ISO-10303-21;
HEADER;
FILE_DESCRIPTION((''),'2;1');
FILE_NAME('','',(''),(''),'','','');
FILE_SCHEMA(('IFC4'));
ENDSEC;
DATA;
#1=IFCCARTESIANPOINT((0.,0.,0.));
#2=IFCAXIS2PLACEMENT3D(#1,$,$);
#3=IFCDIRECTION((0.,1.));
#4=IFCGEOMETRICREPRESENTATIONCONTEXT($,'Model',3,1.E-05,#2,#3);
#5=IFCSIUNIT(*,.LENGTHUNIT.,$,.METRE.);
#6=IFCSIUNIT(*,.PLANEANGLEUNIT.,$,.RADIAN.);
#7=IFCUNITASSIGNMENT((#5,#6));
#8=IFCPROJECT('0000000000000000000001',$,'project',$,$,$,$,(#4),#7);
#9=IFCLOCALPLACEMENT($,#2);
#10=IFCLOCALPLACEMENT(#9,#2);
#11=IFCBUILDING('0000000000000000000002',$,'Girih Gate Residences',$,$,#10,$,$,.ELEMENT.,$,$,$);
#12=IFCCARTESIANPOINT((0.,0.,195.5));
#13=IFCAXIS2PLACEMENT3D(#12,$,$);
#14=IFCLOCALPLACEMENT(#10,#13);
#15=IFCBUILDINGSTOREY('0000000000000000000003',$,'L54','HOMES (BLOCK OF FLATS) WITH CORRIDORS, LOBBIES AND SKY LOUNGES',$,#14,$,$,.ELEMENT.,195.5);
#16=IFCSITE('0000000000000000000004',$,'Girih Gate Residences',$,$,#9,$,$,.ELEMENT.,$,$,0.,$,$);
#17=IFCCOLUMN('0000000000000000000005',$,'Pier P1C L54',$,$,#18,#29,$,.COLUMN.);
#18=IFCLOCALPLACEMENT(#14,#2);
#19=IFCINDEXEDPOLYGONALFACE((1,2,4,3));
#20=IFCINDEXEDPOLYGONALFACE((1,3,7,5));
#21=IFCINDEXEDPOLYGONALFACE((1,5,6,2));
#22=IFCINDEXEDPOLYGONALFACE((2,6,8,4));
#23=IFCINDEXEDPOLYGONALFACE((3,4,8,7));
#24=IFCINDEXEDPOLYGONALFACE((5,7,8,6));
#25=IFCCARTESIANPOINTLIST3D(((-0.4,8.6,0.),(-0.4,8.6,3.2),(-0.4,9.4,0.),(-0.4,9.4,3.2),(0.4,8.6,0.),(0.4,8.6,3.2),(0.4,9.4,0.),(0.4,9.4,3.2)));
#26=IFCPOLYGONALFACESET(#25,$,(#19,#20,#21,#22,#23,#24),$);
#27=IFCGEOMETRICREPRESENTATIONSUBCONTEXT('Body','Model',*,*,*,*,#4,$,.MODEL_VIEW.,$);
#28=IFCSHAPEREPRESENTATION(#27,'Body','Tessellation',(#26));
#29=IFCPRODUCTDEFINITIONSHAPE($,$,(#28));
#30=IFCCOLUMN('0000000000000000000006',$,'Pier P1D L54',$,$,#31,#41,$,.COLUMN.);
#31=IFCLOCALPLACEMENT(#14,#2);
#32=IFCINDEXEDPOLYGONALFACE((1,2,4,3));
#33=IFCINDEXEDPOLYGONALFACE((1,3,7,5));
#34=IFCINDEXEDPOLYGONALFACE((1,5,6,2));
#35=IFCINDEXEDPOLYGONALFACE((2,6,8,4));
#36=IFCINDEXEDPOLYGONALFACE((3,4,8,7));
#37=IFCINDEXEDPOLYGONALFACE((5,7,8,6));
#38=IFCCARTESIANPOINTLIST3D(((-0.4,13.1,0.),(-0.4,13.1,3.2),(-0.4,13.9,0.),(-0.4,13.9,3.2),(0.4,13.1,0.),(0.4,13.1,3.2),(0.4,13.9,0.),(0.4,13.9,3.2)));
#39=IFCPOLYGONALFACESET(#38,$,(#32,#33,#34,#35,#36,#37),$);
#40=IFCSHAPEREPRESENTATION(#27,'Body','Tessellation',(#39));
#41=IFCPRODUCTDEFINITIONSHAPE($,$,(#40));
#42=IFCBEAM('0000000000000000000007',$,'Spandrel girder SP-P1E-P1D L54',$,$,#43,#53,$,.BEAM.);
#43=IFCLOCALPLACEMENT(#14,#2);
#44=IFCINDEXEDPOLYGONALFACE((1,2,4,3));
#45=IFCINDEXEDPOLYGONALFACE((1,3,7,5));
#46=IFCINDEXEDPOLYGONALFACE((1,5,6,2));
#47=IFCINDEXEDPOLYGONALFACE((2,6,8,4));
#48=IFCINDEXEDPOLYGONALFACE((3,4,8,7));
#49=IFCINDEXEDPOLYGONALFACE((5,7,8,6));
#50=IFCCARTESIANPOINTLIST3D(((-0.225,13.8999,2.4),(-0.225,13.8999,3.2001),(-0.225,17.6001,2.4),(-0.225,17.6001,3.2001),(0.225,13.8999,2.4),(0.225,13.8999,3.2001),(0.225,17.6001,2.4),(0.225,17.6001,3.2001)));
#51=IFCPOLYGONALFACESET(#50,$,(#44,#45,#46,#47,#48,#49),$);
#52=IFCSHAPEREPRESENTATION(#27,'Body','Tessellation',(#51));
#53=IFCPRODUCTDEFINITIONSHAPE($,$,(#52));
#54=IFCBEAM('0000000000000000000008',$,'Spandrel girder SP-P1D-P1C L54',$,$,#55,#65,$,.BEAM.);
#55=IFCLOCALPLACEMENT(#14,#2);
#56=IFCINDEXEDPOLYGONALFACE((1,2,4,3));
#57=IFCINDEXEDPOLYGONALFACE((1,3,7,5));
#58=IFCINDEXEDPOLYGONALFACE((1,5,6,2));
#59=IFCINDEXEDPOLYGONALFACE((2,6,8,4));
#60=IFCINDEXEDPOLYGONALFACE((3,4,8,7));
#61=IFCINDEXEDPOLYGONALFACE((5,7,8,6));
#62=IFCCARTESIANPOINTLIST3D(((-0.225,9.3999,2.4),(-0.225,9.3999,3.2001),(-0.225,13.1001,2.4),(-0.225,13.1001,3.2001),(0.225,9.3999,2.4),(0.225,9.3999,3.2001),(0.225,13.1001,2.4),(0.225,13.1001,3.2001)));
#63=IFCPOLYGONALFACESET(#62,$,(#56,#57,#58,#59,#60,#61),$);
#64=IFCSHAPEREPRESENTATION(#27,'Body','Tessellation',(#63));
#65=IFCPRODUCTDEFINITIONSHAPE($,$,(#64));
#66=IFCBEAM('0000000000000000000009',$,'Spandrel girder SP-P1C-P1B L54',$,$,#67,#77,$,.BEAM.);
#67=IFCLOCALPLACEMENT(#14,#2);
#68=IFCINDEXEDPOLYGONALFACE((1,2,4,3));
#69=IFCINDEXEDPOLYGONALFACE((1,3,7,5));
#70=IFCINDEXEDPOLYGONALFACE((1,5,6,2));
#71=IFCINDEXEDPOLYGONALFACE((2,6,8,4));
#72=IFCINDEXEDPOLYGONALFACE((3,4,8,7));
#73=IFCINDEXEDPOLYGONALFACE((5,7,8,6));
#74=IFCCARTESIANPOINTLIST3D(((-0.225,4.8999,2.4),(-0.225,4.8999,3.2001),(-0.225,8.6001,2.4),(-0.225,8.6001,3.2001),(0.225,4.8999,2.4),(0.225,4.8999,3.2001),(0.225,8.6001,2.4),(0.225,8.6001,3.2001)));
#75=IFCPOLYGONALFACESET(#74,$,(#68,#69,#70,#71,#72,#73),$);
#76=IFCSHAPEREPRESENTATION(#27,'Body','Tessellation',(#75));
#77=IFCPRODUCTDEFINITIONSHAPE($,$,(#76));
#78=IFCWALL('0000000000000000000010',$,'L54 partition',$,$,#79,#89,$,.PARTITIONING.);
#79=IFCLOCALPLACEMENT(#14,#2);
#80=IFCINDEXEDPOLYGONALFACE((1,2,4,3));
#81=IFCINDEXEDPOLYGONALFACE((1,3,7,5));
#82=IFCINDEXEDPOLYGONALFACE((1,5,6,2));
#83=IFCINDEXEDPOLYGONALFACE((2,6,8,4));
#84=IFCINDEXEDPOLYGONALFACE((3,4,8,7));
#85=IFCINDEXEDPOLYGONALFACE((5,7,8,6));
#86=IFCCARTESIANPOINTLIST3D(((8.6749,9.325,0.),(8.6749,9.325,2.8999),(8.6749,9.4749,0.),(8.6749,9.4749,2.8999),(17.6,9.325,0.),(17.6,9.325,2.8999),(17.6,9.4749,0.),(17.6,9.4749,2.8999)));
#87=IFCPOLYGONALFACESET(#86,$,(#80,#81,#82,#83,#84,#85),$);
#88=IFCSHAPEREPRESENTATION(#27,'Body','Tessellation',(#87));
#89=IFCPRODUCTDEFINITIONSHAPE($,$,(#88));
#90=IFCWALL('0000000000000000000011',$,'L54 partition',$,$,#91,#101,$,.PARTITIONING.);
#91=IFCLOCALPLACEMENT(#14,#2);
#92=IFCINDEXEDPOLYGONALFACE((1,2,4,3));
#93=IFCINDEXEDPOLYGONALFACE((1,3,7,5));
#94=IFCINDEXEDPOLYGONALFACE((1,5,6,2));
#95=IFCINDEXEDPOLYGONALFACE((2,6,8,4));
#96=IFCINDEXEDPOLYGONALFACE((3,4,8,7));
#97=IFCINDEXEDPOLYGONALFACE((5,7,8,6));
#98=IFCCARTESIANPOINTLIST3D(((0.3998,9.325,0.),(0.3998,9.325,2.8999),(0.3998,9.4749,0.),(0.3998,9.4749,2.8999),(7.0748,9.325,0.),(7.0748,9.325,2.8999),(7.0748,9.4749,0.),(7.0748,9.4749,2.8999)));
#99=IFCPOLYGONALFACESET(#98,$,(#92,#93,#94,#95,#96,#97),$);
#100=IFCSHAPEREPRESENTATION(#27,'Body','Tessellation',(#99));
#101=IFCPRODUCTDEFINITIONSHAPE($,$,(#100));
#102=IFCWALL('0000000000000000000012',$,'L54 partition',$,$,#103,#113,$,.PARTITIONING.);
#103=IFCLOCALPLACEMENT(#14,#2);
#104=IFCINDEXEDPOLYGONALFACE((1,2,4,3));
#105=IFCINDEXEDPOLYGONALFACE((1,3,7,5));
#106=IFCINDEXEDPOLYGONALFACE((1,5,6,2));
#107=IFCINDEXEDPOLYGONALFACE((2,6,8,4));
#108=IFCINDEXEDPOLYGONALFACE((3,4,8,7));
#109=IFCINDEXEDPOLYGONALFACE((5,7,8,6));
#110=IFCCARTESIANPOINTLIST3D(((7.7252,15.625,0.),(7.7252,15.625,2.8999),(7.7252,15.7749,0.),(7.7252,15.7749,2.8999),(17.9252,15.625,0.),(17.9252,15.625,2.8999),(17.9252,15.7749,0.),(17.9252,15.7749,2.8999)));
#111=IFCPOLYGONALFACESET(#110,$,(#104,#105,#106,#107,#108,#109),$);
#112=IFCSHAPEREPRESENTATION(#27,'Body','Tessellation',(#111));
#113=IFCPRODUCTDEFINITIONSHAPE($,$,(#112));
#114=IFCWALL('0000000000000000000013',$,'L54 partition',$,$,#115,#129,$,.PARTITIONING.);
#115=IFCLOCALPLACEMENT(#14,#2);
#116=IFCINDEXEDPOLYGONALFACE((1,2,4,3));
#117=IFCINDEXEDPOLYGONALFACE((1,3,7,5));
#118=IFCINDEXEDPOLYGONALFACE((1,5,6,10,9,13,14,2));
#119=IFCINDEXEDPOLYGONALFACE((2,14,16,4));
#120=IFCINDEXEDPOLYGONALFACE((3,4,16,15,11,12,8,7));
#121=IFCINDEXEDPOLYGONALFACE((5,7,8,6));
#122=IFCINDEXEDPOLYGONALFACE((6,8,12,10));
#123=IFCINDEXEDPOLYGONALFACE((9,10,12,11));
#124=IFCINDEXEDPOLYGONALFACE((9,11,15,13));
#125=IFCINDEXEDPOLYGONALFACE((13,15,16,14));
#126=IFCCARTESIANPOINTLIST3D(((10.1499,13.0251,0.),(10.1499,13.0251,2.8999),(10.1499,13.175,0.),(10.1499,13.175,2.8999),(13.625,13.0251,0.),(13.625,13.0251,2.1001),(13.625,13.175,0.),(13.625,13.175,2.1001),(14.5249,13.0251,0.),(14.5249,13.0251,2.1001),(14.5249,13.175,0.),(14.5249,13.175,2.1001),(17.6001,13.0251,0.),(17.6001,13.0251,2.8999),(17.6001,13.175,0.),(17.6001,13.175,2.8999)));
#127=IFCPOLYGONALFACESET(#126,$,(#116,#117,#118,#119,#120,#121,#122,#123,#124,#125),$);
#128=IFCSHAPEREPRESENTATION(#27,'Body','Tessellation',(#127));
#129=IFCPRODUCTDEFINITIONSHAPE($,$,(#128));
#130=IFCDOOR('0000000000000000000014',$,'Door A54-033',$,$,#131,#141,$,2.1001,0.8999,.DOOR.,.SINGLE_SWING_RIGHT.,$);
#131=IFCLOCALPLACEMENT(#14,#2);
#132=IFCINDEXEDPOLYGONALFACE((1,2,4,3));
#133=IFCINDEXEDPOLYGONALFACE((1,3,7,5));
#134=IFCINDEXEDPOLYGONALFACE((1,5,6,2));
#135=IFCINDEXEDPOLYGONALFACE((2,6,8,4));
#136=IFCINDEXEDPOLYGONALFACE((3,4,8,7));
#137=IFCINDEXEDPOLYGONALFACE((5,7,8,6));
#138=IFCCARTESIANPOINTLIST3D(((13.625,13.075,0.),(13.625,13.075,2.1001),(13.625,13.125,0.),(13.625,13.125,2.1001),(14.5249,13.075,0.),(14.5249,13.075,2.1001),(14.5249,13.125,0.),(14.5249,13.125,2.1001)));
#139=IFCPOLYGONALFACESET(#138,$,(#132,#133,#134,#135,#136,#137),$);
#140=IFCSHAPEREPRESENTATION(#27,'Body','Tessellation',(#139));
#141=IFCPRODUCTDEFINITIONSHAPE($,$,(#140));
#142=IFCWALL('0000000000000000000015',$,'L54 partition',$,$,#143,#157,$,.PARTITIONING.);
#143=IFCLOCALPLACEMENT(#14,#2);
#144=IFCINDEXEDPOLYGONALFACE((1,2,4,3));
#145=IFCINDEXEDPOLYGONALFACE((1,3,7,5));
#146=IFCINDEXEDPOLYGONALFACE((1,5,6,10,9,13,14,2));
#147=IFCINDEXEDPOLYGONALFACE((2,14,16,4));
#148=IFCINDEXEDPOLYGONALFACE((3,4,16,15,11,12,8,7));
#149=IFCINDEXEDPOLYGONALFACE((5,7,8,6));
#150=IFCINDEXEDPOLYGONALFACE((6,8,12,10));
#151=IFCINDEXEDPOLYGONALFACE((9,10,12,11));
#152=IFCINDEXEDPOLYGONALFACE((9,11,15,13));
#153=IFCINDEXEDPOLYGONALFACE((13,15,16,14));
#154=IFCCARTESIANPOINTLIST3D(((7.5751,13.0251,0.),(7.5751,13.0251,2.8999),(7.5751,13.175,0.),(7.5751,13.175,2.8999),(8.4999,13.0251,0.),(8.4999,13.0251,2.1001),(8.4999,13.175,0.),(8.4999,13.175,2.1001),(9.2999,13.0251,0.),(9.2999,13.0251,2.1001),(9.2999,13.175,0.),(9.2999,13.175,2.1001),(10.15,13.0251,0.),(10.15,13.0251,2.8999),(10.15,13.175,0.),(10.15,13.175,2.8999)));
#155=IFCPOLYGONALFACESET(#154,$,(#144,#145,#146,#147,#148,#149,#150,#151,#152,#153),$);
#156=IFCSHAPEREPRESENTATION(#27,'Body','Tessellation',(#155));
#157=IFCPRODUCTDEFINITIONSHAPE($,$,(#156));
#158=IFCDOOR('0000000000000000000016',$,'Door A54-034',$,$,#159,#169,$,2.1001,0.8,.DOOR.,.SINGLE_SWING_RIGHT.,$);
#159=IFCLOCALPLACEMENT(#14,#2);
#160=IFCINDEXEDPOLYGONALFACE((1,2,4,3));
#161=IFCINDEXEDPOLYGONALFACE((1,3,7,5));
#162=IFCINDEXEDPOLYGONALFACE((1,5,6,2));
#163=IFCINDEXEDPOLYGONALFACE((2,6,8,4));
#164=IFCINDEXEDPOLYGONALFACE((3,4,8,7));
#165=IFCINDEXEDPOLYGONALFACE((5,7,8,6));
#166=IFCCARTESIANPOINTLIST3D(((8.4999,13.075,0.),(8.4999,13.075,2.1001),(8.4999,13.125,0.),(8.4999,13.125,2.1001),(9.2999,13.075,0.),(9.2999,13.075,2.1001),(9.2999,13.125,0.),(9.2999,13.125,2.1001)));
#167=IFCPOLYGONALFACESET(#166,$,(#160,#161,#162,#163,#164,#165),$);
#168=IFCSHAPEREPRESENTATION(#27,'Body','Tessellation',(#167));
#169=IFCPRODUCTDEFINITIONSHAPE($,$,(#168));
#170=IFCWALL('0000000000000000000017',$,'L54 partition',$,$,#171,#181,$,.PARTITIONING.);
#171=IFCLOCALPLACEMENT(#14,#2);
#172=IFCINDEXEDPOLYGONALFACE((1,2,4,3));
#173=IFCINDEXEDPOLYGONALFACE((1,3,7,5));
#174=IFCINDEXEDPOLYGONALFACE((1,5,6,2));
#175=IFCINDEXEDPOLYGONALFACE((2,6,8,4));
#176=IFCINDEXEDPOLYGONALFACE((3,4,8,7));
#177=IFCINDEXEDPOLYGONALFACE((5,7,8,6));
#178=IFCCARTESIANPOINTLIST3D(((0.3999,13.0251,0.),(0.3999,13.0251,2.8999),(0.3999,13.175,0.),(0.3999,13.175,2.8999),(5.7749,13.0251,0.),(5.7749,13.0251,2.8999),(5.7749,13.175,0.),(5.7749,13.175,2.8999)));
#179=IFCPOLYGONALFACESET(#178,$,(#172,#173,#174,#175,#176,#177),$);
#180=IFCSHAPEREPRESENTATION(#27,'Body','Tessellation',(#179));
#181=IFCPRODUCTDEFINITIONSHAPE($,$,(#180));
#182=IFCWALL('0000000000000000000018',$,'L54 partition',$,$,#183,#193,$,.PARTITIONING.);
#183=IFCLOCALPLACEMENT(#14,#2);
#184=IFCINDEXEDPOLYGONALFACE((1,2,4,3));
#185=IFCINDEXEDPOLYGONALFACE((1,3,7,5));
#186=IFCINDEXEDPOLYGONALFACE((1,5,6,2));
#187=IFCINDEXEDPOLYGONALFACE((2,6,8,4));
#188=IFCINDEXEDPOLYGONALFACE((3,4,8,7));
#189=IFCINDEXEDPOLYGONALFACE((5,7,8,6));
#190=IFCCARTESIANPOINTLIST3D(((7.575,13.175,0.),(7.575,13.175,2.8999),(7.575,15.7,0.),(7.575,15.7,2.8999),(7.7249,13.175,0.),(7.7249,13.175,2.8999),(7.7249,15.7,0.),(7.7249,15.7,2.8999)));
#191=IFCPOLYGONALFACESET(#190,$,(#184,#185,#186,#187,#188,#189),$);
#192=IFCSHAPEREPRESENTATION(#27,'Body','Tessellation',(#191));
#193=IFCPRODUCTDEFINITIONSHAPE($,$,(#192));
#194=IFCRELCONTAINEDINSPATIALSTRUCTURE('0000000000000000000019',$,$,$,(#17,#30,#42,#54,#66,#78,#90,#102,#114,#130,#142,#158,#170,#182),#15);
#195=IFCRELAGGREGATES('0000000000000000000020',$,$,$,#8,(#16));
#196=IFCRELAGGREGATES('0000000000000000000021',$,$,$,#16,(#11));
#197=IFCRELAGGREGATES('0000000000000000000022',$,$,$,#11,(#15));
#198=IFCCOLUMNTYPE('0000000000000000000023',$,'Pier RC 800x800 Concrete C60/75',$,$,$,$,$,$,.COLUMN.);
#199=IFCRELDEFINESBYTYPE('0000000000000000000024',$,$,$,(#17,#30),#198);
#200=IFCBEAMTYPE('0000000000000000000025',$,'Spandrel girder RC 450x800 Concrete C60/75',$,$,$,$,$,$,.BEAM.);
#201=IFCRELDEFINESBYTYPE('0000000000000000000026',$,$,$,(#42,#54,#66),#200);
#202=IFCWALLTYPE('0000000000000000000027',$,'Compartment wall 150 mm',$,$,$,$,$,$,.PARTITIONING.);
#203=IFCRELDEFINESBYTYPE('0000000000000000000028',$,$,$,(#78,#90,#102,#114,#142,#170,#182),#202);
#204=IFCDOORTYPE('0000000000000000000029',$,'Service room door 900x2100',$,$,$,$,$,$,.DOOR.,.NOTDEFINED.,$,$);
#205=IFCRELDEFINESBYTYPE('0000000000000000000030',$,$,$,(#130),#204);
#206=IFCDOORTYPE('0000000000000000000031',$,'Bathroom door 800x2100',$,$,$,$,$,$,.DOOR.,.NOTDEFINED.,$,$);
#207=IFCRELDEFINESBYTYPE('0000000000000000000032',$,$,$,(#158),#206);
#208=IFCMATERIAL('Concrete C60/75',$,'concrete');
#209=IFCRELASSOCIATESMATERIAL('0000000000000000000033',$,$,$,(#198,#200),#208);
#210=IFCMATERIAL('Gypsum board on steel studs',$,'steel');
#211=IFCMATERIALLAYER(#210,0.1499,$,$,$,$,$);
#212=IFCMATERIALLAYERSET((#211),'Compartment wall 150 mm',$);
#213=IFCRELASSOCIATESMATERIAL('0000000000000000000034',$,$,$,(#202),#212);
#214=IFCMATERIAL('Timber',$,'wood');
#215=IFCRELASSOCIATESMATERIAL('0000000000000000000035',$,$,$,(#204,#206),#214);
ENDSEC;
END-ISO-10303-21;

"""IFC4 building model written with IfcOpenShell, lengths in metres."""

from ifc_helpers import new_model, si_unit, direction, frame, frame_2d, origin, origin_2d, place, context, subcontext, project, spatial, rectangle, extrude, material, layer, layer_set, material_profile, profile_set, type_object, element, fill, save


model = new_model("IFC4")

# Units and contexts
model_context = context("Model", 3, precision=1e-05, world=origin(), true_north=direction((0.0, 1.0)))
body_context = subcontext(model_context, "Body", "Model", "MODEL_VIEW")
ifc_project = project(units=[si_unit("LENGTHUNIT", "METRE"), si_unit("PLANEANGLEUNIT", "RADIAN")], contexts=[model_context])

# Site, building, storey
site_placement = place(None, origin())
site = spatial("IfcSite", under=ifc_project, at=site_placement, Name="Girih Gate Residences", CompositionType="ELEMENT", RefElevation=0.0)
building_placement = place(site_placement, origin())
building = spatial("IfcBuilding", under=site, at=building_placement, Name="Girih Gate Residences", CompositionType="ELEMENT")
storey_placement = place(building_placement, frame((0.0, 0.0, 195.5)))
storey = spatial("IfcBuildingStorey", under=building, at=storey_placement, Name="L54", Description="HOMES (BLOCK OF FLATS) WITH CORRIDORS, LOBBIES AND SKY LOUNGES", CompositionType="ELEMENT", Elevation=195.5)

# Columns
ifc_material_1 = material(Name="Concrete C60/75", Category="concrete")
ifc_material_profile_1 = material_profile(ifc_material_1, rectangle(XDim=0.8, YDim=0.8, at=origin_2d()))
ifc_profile_set_1 = profile_set([ifc_material_profile_1], Name="Concrete C60/75")
column_type = type_object("IfcColumnType", Name="Pier RC 800x800 Concrete C60/75", PredefinedType="COLUMN", material=ifc_profile_set_1)
for number, where, z_axis, x_axis, name in (
    (1, (0.0, 9.0, 0.0), (0.0, 0.0, 1.0), (1.0, 0.0, 0.0), "Pier P1C L54"),
    (2, (0.0, 13.5, 0.0), (0.0, 0.0, 1.0), (1.0, 0.0, 0.0), "Pier P1D L54"),
):
    element("IfcColumn", number, at=place(storey_placement, frame(where, z_axis=z_axis, x_axis=x_axis)), inside=storey, type_object=column_type, Name=name, PredefinedType="COLUMN", context=body_context, shape_type="SweptSolid", body=[
        extrude(rectangle(XDim=0.8, YDim=0.8, at=origin_2d()), origin(), (0.0, 0.0, 1.0), 3.2),
    ])

# Beams
ifc_material_profile_2 = material_profile(ifc_material_1, rectangle(XDim=0.45, YDim=0.8, at=origin_2d()))
ifc_profile_set_2 = profile_set([ifc_material_profile_2], Name="Concrete C60/75")
beam_type = type_object("IfcBeamType", Name="Spandrel girder RC 450x800 Concrete C60/75", PredefinedType="BEAM", material=ifc_profile_set_2)
for number, where, z_axis, x_axis, name in (
    (3, (0.0, 17.6001, 2.8), (0.0, -1.0, 0.0), (1.0, 0.0, 0.0), "Spandrel girder SP-P1E-P1D L54"),
    (4, (0.0, 13.1001, 2.8), (0.0, -1.0, 0.0), (1.0, 0.0, 0.0), "Spandrel girder SP-P1D-P1C L54"),
    (5, (0.0, 8.6001, 2.8), (0.0, -1.0, 0.0), (1.0, 0.0, 0.0), "Spandrel girder SP-P1C-P1B L54"),
):
    element("IfcBeam", number, at=place(storey_placement, frame(where, z_axis=z_axis, x_axis=x_axis)), inside=storey, type_object=beam_type, Name=name, PredefinedType="BEAM", context=body_context, shape_type="SweptSolid", body=[
        extrude(rectangle(XDim=0.45, YDim=0.8, at=origin_2d()), origin(), (0.0, 0.0, 1.0), 3.7002),
    ])

# Wall
ifc_material_2 = material(Name="Gypsum board on steel studs", Category="steel")
ifc_layer_1 = layer(ifc_material_2, 0.1499)
ifc_layer_set_1 = layer_set([ifc_layer_1], Name="Compartment wall 150 mm")
wall_type_1 = type_object("IfcWallType", Name="Compartment wall 150 mm", PredefinedType="PARTITIONING", material=ifc_layer_set_1)
wall_1_placement = place(storey_placement, frame((8.675, 9.3999, 0.0), z_axis=(0.0, 0.0, 1.0), x_axis=(1.0, 0.0, 0.0)))
element("IfcWall", 6, at=wall_1_placement, inside=storey, type_object=wall_type_1, Name="L54 partition", PredefinedType="PARTITIONING", context=body_context, shape_type="SweptSolid", body=[
    extrude(rectangle(XDim=8.925, YDim=0.1499, at=frame_2d((4.4624, 0.0))), origin(), (0.0, 0.0, 1.0), 2.8999),
])

# Walls
wall_2_placement = place(storey_placement, frame((0.3999, 9.3999, 0.0), z_axis=(0.0, 0.0, 1.0), x_axis=(1.0, 0.0, 0.0)))
element("IfcWall", 7, at=wall_2_placement, inside=storey, type_object=wall_type_1, Name="L54 partition", PredefinedType="PARTITIONING", context=body_context, shape_type="SweptSolid", body=[
    extrude(rectangle(XDim=6.675, YDim=0.1499, at=frame_2d((3.3374, 0.0))), origin(), (0.0, 0.0, 1.0), 2.8999),
])
wall_3_placement = place(storey_placement, frame((7.7251, 15.7, 0.0), z_axis=(0.0, 0.0, 1.0), x_axis=(1.0, 0.0, 0.0)))
element("IfcWall", 8, at=wall_3_placement, inside=storey, type_object=wall_type_1, Name="L54 partition", PredefinedType="PARTITIONING", context=body_context, shape_type="SweptSolid", body=[
    extrude(rectangle(XDim=10.2, YDim=0.1499, at=frame_2d((5.1001, 0.0))), origin(), (0.0, 0.0, 1.0), 2.8999),
])

# Walls, openings, doors
wall_4_placement = place(storey_placement, frame((10.1499, 13.1001, 0.0), z_axis=(0.0, 0.0, 1.0), x_axis=(1.0, 0.0, 0.0)))
wall_4 = element("IfcWall", 9, at=wall_4_placement, inside=storey, type_object=wall_type_1, Name="L54 partition", PredefinedType="PARTITIONING", context=body_context, shape_type="SweptSolid", body=[
    extrude(rectangle(XDim=7.4502, YDim=0.1499, at=frame_2d((3.7251, 0.0))), origin(), (0.0, 0.0, 1.0), 2.8999),
])
opening_1_placement = place(wall_4_placement, frame((3.4751, 0.0, 0.0)))
opening_1 = element("IfcOpeningElement", 10, at=opening_1_placement, cuts=wall_4, PredefinedType="OPENING", context=body_context, shape_type="SweptSolid", body=[
    extrude(rectangle(XDim=0.8999, YDim=2.1001, at=frame_2d((0.45, 1.05))), frame((0.0, 0.085, 0.0), z_axis=(0.0, -1.0, 0.0), x_axis=(1.0, 0.0, 0.0)), (0.0, 0.0, 1.0), 0.1699),
])
ifc_material_3 = material(Name="Timber", Category="wood")
door_type_1 = type_object("IfcDoorType", Name="Service room door 900x2100", OperationType="NOTDEFINED", PredefinedType="DOOR", material=ifc_material_3)
door_1_placement = place(opening_1_placement, origin())
door_1 = element("IfcDoor", 11, at=door_1_placement, inside=storey, type_object=door_type_1, Name="Door A54-033", OperationType="SINGLE_SWING_RIGHT", OverallHeight=2.1001, OverallWidth=0.8999, PredefinedType="DOOR", context=body_context, shape_type="SweptSolid", body=[
    extrude(rectangle(XDim=0.8999, YDim=2.1001, at=frame_2d((0.45, 1.05))), frame((0.0, 0.0249, 0.0), z_axis=(0.0, -1.0, 0.0), x_axis=(1.0, 0.0, 0.0)), (0.0, 0.0, 1.0), 0.05),
])
fill(opening_1, door_1)
wall_5_placement = place(storey_placement, frame((7.575, 13.1001, 0.0), z_axis=(0.0, 0.0, 1.0), x_axis=(1.0, 0.0, 0.0)))
wall_5 = element("IfcWall", 12, at=wall_5_placement, inside=storey, type_object=wall_type_1, Name="L54 partition", PredefinedType="PARTITIONING", context=body_context, shape_type="SweptSolid", body=[
    extrude(rectangle(XDim=2.575, YDim=0.1499, at=frame_2d((1.2876, 0.0))), origin(), (0.0, 0.0, 1.0), 2.8999),
])
opening_2_placement = place(wall_5_placement, frame((0.925, 0.0, 0.0)))
opening_2 = element("IfcOpeningElement", 13, at=opening_2_placement, cuts=wall_5, PredefinedType="OPENING", context=body_context, shape_type="SweptSolid", body=[
    extrude(rectangle(XDim=0.8, YDim=2.1001, at=frame_2d((0.3999, 1.05))), frame((0.0, 0.085, 0.0), z_axis=(0.0, -1.0, 0.0), x_axis=(1.0, 0.0, 0.0)), (0.0, 0.0, 1.0), 0.1699),
])
door_type_2 = type_object("IfcDoorType", Name="Bathroom door 800x2100", OperationType="NOTDEFINED", PredefinedType="DOOR", material=ifc_material_3)
door_2_placement = place(opening_2_placement, origin())
door_2 = element("IfcDoor", 14, at=door_2_placement, inside=storey, type_object=door_type_2, Name="Door A54-034", OperationType="SINGLE_SWING_RIGHT", OverallHeight=2.1001, OverallWidth=0.8, PredefinedType="DOOR", context=body_context, shape_type="SweptSolid", body=[
    extrude(rectangle(XDim=0.8, YDim=2.1001, at=frame_2d((0.3999, 1.05))), frame((0.0, 0.0249, 0.0), z_axis=(0.0, -1.0, 0.0), x_axis=(1.0, 0.0, 0.0)), (0.0, 0.0, 1.0), 0.05),
])
fill(opening_2, door_2)

# Walls
wall_6_placement = place(storey_placement, frame((0.3999, 13.1001, 0.0), z_axis=(0.0, 0.0, 1.0), x_axis=(1.0, 0.0, 0.0)))
element("IfcWall", 15, at=wall_6_placement, inside=storey, type_object=wall_type_1, Name="L54 partition", PredefinedType="PARTITIONING", context=body_context, shape_type="SweptSolid", body=[
    extrude(rectangle(XDim=5.375, YDim=0.1499, at=frame_2d((2.6875, 0.0))), origin(), (0.0, 0.0, 1.0), 2.8999),
])
wall_7_placement = place(storey_placement, frame((7.6499, 13.175, 0.0), z_axis=(0.0, 0.0, 1.0), x_axis=(0.0, 1.0, 0.0)))
element("IfcWall", 16, at=wall_7_placement, inside=storey, type_object=wall_type_1, Name="L54 partition", PredefinedType="PARTITIONING", context=body_context, shape_type="SweptSolid", body=[
    extrude(rectangle(XDim=2.5249, YDim=0.1499, at=frame_2d((1.2625, 0.0))), origin(), (0.0, 0.0, 1.0), 2.8999),
])

save(model, "model.ifc")
